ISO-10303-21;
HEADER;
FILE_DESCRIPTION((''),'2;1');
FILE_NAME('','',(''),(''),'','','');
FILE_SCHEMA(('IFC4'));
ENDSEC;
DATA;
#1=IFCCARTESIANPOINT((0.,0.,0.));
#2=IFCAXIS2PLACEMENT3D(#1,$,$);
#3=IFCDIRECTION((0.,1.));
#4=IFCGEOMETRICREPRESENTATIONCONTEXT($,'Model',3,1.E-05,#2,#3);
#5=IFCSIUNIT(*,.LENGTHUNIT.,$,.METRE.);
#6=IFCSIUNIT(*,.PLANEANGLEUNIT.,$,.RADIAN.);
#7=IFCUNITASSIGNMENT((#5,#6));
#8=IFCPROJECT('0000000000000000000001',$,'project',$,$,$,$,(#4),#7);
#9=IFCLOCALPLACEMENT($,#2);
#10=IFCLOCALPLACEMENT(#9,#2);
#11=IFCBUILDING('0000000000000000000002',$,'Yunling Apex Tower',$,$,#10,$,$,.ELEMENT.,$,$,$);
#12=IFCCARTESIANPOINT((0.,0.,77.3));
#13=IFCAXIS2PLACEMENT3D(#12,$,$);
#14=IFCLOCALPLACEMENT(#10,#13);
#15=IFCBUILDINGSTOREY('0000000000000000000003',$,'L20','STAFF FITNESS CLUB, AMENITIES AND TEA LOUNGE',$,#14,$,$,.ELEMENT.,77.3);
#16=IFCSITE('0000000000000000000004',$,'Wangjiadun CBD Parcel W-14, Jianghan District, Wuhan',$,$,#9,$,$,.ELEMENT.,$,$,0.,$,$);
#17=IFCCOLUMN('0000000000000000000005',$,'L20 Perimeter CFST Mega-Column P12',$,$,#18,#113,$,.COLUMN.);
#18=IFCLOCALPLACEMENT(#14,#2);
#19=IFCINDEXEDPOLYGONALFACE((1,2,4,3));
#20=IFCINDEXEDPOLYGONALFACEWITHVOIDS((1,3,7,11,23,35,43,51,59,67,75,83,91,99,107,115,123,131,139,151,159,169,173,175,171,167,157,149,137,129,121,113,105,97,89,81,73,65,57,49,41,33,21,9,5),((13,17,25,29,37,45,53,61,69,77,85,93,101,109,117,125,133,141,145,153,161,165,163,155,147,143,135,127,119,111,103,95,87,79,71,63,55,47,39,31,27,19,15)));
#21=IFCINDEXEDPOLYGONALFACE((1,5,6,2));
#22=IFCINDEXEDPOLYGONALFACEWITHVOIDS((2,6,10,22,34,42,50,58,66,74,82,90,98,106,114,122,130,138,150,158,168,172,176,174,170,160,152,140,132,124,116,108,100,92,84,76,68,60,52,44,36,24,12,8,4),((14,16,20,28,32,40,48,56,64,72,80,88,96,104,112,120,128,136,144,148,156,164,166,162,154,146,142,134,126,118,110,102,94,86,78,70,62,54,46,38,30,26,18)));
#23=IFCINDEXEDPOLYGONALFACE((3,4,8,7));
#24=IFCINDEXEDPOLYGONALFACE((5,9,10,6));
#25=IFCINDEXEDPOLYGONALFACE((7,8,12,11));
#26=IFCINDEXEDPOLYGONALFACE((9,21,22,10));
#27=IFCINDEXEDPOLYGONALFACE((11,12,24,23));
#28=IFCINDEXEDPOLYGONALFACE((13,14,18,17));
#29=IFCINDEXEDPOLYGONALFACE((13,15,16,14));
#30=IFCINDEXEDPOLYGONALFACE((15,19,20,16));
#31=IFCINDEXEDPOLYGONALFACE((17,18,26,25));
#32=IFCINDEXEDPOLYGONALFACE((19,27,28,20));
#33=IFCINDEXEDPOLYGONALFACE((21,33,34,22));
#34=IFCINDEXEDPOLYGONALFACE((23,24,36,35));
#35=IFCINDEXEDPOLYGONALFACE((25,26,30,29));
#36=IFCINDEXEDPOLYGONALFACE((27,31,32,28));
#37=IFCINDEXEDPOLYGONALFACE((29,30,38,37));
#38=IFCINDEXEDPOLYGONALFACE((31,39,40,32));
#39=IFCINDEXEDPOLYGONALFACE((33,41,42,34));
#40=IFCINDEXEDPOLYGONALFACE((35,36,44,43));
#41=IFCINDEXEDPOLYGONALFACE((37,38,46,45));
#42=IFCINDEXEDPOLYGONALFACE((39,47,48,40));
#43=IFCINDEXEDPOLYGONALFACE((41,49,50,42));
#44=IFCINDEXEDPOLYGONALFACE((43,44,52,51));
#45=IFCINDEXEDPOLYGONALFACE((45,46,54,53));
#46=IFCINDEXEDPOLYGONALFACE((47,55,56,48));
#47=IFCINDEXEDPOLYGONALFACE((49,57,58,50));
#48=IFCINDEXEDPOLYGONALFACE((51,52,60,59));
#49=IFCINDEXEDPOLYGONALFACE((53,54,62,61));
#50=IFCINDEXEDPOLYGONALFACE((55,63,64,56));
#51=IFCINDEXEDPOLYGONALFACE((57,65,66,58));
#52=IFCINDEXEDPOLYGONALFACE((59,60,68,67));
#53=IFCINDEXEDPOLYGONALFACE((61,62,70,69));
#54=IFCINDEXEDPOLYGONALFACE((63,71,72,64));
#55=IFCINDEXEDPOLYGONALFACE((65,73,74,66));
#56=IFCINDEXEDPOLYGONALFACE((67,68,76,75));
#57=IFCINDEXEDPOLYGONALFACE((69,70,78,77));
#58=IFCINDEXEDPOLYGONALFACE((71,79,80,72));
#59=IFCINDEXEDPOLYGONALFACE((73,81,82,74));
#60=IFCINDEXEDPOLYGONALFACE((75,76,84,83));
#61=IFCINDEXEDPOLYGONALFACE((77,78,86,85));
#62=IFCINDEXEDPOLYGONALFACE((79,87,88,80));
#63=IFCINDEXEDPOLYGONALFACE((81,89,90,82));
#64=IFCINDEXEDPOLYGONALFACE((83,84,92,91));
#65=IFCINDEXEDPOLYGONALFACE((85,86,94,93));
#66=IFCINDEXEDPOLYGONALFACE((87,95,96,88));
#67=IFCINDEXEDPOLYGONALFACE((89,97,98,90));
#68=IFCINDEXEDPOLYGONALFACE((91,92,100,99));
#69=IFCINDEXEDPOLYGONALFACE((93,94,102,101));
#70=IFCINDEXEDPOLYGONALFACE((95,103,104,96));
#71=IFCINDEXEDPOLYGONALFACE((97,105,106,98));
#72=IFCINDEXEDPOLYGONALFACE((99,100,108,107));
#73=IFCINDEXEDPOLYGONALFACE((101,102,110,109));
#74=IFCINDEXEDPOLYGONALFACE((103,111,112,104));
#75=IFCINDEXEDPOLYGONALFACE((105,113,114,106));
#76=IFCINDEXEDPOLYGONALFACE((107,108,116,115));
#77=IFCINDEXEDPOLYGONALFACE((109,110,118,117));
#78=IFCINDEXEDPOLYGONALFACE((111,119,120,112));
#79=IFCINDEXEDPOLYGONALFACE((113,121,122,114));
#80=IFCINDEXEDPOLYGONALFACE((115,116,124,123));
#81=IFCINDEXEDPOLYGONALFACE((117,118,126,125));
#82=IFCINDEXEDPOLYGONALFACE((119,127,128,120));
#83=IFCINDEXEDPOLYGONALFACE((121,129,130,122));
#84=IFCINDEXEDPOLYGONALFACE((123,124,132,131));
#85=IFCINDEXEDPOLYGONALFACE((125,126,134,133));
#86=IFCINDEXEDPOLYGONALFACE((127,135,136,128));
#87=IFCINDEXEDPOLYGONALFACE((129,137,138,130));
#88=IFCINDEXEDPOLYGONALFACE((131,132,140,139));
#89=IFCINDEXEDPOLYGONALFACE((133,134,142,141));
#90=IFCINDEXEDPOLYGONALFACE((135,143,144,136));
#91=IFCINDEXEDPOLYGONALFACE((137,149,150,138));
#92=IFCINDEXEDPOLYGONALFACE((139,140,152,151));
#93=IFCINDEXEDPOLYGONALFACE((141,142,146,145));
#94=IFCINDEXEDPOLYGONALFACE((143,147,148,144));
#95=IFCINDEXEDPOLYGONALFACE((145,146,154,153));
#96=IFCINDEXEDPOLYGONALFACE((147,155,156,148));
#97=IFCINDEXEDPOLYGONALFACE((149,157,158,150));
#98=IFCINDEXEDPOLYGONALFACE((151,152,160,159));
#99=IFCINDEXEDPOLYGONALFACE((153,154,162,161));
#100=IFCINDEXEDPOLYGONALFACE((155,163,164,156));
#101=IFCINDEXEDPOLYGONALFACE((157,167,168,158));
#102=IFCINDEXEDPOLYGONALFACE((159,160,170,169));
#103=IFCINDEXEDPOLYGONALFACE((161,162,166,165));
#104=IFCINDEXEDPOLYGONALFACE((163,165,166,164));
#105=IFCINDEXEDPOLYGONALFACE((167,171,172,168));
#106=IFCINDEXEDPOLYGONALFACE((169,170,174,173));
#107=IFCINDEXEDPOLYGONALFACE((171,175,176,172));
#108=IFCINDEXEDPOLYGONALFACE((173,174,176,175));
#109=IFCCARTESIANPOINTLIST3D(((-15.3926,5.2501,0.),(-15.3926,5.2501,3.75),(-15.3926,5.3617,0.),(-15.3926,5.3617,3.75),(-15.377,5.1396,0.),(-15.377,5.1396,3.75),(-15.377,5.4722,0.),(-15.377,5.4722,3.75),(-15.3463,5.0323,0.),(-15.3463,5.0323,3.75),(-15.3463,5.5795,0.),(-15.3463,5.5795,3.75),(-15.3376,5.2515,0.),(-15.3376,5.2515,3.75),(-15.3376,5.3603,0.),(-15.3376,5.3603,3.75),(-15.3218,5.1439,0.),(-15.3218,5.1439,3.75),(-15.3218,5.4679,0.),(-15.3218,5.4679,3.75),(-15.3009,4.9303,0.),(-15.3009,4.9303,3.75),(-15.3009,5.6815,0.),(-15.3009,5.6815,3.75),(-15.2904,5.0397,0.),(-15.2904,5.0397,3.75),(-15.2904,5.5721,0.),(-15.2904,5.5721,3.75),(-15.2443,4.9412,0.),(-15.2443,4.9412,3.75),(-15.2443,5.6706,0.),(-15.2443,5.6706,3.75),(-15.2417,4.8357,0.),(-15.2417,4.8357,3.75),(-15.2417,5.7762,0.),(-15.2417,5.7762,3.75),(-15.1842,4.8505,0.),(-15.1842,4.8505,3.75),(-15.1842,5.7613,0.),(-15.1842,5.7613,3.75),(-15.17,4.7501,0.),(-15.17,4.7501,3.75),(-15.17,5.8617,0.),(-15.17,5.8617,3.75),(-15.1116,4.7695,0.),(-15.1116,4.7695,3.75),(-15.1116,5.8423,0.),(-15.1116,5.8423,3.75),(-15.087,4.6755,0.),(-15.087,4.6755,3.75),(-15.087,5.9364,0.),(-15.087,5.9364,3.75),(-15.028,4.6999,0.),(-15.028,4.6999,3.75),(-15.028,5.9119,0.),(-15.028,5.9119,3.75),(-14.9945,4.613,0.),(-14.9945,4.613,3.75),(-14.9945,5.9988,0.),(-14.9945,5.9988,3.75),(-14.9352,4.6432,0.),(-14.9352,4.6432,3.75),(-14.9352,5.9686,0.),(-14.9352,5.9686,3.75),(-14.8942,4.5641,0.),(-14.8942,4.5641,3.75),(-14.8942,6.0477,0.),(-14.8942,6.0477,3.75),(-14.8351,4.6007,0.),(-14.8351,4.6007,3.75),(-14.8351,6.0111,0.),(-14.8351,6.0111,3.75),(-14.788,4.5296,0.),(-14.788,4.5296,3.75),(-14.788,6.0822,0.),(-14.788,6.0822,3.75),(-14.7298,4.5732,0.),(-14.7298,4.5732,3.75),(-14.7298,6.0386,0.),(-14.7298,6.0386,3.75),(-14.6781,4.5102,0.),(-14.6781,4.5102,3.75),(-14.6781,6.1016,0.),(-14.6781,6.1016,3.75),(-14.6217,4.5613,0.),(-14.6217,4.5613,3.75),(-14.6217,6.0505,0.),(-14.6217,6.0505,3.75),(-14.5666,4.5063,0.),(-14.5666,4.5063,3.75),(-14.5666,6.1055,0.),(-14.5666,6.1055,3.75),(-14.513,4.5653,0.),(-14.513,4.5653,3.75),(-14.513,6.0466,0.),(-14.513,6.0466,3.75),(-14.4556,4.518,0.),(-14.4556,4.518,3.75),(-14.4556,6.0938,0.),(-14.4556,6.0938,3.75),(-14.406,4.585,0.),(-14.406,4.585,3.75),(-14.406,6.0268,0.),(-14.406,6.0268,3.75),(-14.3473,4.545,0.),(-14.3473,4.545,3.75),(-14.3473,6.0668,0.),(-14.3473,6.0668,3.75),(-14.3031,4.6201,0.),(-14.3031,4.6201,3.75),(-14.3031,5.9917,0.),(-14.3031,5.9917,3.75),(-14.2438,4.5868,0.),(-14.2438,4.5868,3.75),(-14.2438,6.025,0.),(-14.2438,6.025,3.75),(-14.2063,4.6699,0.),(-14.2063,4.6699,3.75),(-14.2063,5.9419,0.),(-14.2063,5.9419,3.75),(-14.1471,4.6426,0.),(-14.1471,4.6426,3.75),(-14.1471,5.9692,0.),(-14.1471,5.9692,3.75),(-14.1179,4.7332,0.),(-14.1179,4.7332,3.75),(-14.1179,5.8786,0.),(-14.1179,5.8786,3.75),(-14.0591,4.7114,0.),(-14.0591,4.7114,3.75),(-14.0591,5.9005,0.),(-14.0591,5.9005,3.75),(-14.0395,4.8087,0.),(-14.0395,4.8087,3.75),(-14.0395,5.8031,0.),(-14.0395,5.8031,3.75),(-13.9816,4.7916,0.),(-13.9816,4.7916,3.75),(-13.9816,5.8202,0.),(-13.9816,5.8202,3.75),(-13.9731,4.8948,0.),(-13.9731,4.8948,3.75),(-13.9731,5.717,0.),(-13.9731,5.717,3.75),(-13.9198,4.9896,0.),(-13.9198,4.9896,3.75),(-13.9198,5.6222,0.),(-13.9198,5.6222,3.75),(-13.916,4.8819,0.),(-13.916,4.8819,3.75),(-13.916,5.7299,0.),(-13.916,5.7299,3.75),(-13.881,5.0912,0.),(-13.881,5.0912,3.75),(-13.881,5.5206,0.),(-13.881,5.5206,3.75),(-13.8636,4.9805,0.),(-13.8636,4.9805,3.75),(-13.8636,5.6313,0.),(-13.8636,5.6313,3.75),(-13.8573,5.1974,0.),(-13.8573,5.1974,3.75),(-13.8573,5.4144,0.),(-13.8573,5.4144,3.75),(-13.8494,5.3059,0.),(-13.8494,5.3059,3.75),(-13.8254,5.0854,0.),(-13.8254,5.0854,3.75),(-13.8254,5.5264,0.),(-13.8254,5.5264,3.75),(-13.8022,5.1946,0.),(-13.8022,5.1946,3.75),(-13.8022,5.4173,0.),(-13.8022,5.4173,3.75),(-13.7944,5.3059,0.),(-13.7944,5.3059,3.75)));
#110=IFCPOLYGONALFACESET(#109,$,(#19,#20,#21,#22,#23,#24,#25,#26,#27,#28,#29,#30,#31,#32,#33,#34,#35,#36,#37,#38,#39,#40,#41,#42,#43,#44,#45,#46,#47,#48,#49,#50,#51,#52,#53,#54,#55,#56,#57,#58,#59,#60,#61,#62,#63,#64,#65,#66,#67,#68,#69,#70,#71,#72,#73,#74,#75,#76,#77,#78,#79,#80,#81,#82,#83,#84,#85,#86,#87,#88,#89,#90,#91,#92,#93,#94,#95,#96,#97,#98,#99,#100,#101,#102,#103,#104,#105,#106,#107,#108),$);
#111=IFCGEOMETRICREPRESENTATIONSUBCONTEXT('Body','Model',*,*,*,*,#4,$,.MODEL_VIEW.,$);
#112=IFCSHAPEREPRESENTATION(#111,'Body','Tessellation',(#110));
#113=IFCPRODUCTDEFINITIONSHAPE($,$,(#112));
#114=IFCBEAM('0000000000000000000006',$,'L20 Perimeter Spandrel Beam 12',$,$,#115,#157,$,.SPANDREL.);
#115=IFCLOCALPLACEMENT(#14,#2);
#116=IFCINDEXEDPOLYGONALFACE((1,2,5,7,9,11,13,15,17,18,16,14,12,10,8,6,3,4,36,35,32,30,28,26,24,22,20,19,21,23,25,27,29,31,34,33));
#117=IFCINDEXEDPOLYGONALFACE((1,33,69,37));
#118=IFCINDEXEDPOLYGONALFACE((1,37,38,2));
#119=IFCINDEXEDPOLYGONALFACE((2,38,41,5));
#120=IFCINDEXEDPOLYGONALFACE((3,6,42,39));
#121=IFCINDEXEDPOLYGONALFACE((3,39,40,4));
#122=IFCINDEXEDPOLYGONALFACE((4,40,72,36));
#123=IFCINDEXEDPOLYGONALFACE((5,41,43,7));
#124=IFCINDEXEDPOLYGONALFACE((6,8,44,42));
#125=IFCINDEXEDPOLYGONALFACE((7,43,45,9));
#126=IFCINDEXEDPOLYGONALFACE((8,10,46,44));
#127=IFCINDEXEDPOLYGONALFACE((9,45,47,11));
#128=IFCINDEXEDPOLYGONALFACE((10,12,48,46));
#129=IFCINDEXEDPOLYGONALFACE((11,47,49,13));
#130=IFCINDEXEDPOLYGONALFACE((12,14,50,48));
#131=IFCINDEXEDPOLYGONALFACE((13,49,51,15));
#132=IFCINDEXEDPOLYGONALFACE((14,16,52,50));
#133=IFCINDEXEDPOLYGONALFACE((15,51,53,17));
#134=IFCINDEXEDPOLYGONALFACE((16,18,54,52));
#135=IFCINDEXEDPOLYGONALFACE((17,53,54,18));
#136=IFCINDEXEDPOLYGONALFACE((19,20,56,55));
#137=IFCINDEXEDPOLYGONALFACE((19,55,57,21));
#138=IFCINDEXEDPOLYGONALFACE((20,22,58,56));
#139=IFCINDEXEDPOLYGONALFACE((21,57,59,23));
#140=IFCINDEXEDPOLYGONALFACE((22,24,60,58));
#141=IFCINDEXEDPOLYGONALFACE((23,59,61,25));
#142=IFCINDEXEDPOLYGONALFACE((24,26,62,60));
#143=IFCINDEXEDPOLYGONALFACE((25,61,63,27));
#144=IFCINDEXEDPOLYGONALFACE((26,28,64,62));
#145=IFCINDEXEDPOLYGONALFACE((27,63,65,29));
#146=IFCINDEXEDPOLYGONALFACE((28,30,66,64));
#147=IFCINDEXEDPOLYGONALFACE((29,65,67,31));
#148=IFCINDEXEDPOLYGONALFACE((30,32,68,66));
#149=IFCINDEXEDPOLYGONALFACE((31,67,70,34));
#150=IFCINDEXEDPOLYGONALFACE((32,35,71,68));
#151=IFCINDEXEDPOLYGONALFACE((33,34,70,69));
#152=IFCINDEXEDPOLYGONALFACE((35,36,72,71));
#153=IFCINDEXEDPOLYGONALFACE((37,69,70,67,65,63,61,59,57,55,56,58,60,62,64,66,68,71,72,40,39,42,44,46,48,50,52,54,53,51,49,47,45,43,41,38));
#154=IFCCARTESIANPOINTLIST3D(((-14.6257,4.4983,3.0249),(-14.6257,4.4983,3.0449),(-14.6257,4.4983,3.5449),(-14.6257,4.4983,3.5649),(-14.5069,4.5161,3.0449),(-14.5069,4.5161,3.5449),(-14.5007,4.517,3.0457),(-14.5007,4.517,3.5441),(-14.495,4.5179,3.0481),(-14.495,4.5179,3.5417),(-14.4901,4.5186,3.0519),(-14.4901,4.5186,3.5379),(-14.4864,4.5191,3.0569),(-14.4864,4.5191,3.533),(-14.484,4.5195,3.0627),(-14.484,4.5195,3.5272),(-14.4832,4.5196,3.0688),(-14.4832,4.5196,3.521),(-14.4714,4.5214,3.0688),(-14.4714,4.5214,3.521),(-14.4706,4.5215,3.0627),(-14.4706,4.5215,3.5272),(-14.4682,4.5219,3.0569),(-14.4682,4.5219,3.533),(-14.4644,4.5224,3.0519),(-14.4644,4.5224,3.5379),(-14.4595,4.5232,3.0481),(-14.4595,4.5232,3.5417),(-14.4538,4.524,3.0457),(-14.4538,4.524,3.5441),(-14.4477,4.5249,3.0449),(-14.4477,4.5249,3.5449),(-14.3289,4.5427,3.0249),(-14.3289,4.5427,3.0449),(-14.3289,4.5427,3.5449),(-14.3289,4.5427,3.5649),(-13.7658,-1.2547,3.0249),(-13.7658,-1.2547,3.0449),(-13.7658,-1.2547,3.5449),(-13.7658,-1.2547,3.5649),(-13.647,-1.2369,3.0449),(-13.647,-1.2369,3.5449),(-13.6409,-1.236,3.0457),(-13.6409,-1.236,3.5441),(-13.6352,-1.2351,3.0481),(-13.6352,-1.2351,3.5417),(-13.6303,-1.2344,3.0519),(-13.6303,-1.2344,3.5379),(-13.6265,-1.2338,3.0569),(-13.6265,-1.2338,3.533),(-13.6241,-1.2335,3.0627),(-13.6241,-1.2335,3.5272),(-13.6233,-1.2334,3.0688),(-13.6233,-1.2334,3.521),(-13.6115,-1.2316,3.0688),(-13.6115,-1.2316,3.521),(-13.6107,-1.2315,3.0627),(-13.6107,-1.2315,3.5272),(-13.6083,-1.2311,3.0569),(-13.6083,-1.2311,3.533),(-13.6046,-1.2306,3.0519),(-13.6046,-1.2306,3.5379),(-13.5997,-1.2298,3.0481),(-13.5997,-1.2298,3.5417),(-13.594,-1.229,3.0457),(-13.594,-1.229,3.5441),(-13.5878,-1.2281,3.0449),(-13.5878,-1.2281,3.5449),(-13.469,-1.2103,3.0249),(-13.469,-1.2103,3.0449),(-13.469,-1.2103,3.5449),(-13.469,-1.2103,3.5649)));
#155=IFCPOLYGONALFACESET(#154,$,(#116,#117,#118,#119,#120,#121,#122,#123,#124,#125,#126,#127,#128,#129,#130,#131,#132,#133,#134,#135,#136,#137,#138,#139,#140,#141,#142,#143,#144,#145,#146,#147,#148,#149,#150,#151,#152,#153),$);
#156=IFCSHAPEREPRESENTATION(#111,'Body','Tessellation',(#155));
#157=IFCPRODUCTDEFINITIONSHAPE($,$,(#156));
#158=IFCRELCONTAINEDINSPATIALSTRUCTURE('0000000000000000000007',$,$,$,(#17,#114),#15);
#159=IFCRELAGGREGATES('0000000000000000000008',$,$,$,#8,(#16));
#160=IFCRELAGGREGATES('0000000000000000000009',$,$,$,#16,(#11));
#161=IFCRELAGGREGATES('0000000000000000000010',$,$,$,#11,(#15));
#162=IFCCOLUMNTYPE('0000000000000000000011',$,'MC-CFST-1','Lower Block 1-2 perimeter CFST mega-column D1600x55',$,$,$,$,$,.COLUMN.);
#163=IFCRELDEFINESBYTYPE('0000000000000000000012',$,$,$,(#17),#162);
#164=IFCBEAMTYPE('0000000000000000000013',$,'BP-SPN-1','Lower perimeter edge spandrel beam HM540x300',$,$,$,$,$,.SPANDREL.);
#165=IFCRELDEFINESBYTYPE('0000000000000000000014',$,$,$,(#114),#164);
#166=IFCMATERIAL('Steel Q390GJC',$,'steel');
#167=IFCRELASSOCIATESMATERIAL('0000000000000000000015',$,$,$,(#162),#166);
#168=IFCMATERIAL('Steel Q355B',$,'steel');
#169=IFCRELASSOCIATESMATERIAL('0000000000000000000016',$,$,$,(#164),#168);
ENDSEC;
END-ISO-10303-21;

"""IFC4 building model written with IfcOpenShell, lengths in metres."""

from ifc_helpers import new_model, si_unit, direction, frame, origin, origin_2d, place, context, subcontext, project, spatial, hollow_circle, i_section, extrude, source, transform, mapped, material, material_profile, profile_set, type_object, element, save


model = new_model("IFC4")

# Units and contexts
model_context = context("Model", 3, precision=1e-05, world=origin(), true_north=direction((0.0, 1.0)))
body_context = subcontext(model_context, "Body", "Model", "MODEL_VIEW")
ifc_project = project(units=[si_unit("LENGTHUNIT", "METRE"), si_unit("PLANEANGLEUNIT", "RADIAN")], contexts=[model_context])

# Site, building, storey
site_placement = place(None, origin())
site = spatial("IfcSite", under=ifc_project, at=site_placement, Name="Wangjiadun CBD Parcel W-14, Jianghan District, Wuhan", CompositionType="ELEMENT", RefElevation=0.0)
building_placement = place(site_placement, origin())
building = spatial("IfcBuilding", under=site, at=building_placement, Name="Yunling Apex Tower", CompositionType="ELEMENT")
storey_placement = place(building_placement, frame((0.0, 0.0, 77.3)))
storey = spatial("IfcBuildingStorey", under=building, at=storey_placement, Name="L20", Description="STAFF FITNESS CLUB, AMENITIES AND TEA LOUNGE", CompositionType="ELEMENT", Elevation=77.3)

# Column
ifc_material_1 = material(Name="Steel Q390GJC", Category="steel")
ifc_material_profile_1 = material_profile(ifc_material_1, hollow_circle(Radius=0.8, WallThickness=0.0549, at=origin_2d()))
ifc_profile_set_1 = profile_set([ifc_material_profile_1], Name="Steel Q390GJC")
column_type = type_object("IfcColumnType", Name="MC-CFST-1", Description="Lower Block 1-2 perimeter CFST mega-column D1600x55", PredefinedType="COLUMN", material=ifc_profile_set_1)
shared_shape_1 = source(origin(), body_context, "Body", "SweptSolid", [
    extrude(hollow_circle(Radius=0.8, WallThickness=0.0549, at=origin_2d()), origin(), (0.0, 0.0, 1.0), 3.75),
])
column_placement = place(storey_placement, frame((-14.5945, 5.3059, 0.0), z_axis=(0.0, 0.0, 1.0), x_axis=(1.0, 0.0, 0.0)))
element("IfcColumn", 1, at=column_placement, inside=storey, type_object=column_type, Name="L20 Perimeter CFST Mega-Column P12", PredefinedType="COLUMN", context=body_context, shape_type="MappedRepresentation", body=[
    mapped(shared_shape_1, transform((0.0, 0.0, 0.0), scale=1.0)),
])

# Beam
ifc_material_2 = material(Name="Steel Q355B", Category="steel")
ifc_material_profile_2 = material_profile(ifc_material_2, i_section(OverallWidth=0.3, OverallDepth=0.54, WebThickness=0.012, FlangeThickness=0.02, FilletRadius=0.0239, at=origin_2d()))
ifc_profile_set_2 = profile_set([ifc_material_profile_2], Name="Steel Q355B")
beam_type_1 = type_object("IfcBeamType", Name="BP-SPN-1", Description="Lower perimeter edge spandrel beam HM540x300", PredefinedType="SPANDREL", material=ifc_profile_set_2)
shared_shape_2 = source(origin(), body_context, "Body", "SweptSolid", [
    extrude(i_section(OverallWidth=0.3, OverallDepth=0.54, WebThickness=0.012, FlangeThickness=0.02, FilletRadius=0.0239, at=origin_2d()), origin(), (0.0, 0.0, 1.0), 5.8169),
])
beam_1_placement = place(storey_placement, frame((-14.4773, 4.5205, 3.2949), z_axis=(0.147823, -0.989014, 0.0), x_axis=(0.989014, 0.147823, 0.0)))
element("IfcBeam", 2, at=beam_1_placement, inside=storey, type_object=beam_type_1, Name="L20 Perimeter Spandrel Beam 12", PredefinedType="SPANDREL", context=body_context, shape_type="MappedRepresentation", body=[
    mapped(shared_shape_2, transform((0.0, 0.0, 0.0), scale=1.0)),
])

save(model, "model.ifc")
